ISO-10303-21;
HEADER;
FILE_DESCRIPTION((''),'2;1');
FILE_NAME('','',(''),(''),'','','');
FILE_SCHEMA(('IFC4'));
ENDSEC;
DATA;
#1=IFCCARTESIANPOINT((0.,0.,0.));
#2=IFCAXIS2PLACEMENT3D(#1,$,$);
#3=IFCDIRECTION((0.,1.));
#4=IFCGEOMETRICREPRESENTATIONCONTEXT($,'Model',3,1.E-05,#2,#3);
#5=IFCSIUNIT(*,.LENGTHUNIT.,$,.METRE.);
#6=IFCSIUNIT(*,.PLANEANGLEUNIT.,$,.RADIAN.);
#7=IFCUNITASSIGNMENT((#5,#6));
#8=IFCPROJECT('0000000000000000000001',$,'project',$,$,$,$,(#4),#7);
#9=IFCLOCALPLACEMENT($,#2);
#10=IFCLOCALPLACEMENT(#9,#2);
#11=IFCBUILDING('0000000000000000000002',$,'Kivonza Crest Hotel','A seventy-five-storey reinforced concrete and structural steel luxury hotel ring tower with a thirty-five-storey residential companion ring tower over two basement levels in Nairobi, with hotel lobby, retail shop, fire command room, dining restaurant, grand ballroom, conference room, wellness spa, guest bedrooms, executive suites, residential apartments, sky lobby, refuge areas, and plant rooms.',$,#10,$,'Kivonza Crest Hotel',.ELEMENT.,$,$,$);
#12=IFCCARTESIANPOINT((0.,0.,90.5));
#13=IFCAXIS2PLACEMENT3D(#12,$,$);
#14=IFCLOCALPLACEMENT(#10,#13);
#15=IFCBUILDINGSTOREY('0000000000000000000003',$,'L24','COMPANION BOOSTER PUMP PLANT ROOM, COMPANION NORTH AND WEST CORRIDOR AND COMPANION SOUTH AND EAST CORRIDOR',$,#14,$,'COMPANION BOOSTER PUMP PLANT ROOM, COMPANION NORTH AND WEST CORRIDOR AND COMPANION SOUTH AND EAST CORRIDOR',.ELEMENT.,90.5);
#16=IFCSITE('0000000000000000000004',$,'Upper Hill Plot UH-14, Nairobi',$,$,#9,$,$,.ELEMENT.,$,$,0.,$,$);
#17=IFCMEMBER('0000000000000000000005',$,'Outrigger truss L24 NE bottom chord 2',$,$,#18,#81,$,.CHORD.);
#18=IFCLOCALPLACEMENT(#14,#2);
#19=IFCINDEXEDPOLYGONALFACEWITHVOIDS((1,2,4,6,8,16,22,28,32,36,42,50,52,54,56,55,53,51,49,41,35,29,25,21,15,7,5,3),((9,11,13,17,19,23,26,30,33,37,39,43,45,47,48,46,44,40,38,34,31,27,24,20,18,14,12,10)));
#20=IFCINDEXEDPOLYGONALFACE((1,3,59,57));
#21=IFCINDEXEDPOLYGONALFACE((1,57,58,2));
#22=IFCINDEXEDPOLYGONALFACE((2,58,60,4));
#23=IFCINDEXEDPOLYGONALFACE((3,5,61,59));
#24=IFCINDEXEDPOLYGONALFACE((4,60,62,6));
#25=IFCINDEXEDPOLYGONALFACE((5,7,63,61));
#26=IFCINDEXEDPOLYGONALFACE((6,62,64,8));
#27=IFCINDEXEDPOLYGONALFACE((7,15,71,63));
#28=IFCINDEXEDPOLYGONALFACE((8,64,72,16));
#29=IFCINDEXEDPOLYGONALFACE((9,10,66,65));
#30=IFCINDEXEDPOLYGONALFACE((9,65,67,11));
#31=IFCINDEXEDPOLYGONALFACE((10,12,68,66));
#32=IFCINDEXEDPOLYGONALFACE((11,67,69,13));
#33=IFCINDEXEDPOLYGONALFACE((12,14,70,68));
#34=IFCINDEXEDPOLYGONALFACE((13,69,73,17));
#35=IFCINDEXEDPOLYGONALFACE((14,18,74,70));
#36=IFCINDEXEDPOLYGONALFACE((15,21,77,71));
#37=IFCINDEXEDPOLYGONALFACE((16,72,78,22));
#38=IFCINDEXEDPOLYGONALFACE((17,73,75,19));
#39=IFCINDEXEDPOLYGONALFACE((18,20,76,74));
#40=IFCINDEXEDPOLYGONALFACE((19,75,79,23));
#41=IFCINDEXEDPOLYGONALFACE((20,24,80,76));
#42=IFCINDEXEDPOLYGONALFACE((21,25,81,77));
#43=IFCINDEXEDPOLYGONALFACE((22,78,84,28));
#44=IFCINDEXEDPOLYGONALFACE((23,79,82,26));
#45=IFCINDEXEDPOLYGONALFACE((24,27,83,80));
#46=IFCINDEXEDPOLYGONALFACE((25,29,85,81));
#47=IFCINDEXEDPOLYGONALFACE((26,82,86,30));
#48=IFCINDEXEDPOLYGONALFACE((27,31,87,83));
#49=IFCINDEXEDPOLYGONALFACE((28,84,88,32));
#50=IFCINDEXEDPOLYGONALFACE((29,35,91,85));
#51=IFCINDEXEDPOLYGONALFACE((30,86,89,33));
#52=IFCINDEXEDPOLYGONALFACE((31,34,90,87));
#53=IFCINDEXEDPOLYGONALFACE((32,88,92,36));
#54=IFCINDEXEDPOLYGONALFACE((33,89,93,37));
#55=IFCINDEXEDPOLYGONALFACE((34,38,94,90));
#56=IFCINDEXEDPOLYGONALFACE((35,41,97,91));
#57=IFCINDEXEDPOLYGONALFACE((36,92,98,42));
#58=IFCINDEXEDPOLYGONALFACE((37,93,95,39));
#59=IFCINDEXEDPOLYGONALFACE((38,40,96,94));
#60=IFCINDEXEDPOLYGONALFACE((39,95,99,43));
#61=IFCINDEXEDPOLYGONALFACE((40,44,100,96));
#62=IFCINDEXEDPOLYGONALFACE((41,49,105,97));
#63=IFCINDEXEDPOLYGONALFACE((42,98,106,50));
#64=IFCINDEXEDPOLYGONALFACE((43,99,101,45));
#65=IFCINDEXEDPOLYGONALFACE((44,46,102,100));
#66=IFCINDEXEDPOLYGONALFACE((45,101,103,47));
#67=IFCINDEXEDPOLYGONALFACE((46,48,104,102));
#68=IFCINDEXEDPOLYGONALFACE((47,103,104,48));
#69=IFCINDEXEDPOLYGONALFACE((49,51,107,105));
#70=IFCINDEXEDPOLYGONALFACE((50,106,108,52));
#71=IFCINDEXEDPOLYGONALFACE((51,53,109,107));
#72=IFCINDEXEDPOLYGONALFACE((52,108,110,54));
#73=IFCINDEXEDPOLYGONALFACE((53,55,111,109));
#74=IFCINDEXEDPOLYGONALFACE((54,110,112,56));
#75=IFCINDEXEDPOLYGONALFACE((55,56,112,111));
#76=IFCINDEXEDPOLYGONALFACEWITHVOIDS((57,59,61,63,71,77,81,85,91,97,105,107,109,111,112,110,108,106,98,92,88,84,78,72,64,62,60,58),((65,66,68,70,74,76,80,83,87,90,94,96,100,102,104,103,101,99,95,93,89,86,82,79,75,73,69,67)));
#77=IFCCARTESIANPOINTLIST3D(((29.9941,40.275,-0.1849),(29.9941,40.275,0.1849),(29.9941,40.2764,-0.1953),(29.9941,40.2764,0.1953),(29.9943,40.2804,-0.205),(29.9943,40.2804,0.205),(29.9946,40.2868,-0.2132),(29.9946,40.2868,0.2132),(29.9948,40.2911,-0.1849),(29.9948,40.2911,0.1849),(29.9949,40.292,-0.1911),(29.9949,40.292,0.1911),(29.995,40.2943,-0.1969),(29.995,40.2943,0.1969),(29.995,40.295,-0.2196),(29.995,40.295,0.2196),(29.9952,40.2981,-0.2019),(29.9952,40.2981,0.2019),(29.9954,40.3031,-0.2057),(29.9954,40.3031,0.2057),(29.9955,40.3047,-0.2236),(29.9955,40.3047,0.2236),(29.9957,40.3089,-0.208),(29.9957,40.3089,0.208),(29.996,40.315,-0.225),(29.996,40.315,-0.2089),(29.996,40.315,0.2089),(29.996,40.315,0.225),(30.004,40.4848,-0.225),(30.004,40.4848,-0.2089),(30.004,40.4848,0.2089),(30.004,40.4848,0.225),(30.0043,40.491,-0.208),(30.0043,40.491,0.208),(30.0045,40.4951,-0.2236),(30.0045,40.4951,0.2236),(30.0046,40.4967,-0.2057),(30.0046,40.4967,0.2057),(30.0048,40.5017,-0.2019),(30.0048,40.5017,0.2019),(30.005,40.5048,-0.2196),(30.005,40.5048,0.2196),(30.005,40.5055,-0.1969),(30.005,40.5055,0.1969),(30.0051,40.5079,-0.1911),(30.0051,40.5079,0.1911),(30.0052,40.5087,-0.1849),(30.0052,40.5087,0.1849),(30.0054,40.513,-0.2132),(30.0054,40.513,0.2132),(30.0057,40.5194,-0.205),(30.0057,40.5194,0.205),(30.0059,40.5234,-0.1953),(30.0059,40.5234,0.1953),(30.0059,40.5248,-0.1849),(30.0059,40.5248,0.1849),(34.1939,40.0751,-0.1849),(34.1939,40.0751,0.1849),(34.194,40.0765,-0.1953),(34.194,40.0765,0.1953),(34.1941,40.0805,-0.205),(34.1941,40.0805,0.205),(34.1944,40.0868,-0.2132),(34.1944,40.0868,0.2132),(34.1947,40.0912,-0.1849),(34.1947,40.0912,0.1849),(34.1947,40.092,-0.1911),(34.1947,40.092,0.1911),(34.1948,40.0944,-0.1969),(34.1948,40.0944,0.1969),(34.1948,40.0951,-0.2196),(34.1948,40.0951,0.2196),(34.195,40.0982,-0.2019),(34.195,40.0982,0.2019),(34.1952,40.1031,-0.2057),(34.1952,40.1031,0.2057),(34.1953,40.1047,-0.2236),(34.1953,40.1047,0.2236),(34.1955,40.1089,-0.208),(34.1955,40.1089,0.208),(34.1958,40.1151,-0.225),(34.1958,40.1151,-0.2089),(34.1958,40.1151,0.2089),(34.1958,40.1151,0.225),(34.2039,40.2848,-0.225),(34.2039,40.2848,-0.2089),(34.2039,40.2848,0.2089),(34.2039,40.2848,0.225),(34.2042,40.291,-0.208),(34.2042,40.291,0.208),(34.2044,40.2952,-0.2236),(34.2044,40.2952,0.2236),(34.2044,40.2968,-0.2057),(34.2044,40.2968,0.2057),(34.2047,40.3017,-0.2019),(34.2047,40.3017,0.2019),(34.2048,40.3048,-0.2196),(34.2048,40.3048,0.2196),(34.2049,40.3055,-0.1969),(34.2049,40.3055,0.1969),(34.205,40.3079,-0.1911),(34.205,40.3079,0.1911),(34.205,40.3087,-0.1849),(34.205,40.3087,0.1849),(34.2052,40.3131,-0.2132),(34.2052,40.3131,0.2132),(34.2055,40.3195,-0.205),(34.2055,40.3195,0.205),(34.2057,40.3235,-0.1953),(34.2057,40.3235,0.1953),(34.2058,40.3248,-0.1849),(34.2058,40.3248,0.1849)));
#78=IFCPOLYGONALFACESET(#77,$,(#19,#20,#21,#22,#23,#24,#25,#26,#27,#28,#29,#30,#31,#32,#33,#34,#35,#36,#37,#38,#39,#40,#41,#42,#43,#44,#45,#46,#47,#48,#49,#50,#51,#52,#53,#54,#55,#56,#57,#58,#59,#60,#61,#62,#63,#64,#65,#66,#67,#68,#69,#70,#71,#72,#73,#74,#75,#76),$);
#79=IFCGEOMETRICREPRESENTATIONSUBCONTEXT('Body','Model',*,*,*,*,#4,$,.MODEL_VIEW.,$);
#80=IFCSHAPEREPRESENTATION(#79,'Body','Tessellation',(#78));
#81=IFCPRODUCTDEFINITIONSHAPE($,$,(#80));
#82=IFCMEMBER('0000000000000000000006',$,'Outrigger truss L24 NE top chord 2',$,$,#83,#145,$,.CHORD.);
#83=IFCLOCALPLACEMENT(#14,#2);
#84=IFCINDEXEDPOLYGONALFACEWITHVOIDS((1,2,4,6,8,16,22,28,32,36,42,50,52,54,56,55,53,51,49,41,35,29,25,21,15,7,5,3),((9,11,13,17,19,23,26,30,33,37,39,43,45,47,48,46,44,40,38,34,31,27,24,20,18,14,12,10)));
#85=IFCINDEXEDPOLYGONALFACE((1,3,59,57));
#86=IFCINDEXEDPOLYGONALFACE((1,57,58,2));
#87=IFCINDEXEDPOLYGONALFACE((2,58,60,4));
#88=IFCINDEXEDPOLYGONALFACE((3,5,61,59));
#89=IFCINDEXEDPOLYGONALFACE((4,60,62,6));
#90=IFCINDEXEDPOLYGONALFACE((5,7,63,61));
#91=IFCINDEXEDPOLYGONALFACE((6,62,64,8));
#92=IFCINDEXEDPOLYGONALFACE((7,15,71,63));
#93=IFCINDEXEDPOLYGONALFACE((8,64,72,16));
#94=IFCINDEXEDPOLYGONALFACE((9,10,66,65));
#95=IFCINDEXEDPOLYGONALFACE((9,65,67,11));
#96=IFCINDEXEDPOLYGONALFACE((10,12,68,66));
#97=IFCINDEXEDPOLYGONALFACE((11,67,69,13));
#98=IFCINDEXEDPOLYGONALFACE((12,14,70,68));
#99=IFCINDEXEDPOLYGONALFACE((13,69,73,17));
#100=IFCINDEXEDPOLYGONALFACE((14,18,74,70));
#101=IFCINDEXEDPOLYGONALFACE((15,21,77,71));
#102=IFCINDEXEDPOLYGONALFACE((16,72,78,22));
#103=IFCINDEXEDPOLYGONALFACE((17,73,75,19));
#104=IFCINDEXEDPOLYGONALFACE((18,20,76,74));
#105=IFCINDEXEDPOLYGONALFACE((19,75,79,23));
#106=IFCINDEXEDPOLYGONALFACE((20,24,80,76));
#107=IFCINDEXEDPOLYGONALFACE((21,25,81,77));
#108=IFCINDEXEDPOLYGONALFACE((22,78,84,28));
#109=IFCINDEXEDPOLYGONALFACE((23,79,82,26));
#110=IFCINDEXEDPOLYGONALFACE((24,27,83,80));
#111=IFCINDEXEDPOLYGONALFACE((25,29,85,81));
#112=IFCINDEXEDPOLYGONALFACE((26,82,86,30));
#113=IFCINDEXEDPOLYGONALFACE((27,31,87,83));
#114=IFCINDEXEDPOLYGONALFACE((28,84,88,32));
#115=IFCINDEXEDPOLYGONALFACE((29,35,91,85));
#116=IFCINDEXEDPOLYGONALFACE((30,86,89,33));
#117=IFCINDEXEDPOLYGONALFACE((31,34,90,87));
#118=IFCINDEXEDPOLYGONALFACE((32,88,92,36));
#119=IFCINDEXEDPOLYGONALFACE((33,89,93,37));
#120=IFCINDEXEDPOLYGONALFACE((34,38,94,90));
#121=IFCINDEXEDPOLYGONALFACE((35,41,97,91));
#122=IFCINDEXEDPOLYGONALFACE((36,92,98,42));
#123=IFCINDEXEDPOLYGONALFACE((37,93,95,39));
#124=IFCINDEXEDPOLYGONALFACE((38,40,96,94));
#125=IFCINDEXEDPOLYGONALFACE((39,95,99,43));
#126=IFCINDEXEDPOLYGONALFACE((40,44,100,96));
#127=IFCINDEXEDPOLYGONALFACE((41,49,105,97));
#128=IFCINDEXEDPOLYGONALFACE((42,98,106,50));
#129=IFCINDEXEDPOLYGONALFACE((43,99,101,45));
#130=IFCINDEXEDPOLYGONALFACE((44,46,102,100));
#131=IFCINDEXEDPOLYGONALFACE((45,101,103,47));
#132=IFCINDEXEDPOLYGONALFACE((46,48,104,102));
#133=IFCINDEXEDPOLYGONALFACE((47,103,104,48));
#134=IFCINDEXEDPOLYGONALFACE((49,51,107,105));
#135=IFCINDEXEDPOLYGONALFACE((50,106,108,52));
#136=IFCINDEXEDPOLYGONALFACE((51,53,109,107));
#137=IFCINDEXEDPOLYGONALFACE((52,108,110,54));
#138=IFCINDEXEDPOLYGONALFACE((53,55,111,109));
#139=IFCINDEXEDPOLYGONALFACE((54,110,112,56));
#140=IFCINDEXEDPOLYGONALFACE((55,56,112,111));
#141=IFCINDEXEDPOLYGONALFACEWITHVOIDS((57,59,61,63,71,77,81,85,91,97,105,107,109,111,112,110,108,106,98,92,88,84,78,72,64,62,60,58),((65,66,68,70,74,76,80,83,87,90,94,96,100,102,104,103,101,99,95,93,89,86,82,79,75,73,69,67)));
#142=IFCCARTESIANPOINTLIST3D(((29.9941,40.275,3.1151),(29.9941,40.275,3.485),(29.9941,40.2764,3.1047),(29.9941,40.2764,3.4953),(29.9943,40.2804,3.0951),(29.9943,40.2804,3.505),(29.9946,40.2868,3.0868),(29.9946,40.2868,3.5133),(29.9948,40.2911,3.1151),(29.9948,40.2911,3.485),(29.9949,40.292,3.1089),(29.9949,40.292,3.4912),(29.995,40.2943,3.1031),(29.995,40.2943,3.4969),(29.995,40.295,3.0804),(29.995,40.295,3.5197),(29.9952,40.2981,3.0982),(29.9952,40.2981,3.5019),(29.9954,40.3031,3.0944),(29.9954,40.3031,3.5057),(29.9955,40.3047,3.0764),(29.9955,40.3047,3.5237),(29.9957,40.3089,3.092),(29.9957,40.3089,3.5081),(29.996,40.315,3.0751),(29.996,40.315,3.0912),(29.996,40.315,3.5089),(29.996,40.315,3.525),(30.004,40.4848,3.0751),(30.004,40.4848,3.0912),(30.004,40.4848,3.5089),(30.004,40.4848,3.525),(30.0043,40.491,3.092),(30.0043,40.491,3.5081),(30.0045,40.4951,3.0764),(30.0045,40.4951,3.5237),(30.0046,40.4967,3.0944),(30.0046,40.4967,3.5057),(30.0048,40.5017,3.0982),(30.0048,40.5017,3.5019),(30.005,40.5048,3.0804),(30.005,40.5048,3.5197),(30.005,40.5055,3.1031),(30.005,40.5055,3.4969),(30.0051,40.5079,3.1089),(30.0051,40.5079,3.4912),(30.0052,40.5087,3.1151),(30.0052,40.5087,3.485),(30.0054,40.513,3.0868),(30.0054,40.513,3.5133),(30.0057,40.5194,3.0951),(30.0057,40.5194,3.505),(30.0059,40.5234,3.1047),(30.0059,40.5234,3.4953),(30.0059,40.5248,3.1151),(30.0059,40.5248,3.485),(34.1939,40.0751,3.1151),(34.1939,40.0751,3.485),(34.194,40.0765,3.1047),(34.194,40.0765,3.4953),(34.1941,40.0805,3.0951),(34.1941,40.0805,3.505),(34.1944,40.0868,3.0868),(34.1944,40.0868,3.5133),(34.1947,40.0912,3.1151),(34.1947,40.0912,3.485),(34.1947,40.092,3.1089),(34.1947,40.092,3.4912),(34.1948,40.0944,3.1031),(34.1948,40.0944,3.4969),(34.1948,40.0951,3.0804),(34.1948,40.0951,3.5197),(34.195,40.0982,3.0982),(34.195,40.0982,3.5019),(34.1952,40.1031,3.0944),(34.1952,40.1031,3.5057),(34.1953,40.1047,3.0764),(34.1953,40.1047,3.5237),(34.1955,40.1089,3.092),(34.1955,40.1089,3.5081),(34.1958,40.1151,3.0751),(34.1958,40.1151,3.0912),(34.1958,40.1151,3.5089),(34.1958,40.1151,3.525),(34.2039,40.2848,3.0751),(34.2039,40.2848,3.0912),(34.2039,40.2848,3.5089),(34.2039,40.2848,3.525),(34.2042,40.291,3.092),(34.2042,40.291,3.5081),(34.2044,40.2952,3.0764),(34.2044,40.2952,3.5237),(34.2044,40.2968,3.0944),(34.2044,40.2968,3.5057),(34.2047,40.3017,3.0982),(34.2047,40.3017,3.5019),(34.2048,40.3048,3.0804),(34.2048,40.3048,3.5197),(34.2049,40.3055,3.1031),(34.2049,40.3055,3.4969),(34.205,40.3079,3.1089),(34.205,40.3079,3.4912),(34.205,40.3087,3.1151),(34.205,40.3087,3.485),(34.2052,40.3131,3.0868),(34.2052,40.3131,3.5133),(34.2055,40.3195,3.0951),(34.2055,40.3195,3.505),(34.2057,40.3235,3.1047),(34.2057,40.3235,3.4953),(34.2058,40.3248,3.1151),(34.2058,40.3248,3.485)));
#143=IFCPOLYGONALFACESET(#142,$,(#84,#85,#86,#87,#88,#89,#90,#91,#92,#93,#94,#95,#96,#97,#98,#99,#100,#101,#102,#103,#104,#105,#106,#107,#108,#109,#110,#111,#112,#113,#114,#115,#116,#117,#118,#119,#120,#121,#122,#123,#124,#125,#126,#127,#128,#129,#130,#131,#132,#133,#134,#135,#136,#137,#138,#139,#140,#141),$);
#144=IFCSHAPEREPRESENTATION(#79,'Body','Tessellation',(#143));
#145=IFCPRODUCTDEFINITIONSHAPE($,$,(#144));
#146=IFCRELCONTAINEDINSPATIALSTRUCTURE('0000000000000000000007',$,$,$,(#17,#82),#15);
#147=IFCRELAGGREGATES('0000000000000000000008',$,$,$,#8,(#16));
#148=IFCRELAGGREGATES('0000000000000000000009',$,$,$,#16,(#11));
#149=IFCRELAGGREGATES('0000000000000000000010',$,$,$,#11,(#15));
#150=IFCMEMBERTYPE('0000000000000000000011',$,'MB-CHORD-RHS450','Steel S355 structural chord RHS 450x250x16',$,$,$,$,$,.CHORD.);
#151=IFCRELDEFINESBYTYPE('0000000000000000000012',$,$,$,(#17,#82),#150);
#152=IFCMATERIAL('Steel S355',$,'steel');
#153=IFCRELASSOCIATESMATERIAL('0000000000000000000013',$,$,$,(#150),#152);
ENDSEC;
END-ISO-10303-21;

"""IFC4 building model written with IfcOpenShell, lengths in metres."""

from ifc_helpers import new_model, si_unit, direction, frame, origin, origin_2d, place, context, subcontext, project, spatial, hollow_rectangle, extrude, material, material_profile, profile_set, type_object, element, save


model = new_model("IFC4")

# Units and contexts
model_context = context("Model", 3, precision=1e-05, world=origin(), true_north=direction((0.0, 1.0)))
body_context = subcontext(model_context, "Body", "Model", "MODEL_VIEW")
ifc_project = project(units=[si_unit("LENGTHUNIT", "METRE"), si_unit("PLANEANGLEUNIT", "RADIAN")], contexts=[model_context])

# Site, building, storey
site_placement = place(None, origin())
site = spatial("IfcSite", under=ifc_project, at=site_placement, Name="Upper Hill Plot UH-14, Nairobi", CompositionType="ELEMENT", RefElevation=0.0)
building_placement = place(site_placement, origin())
building = spatial("IfcBuilding", under=site, at=building_placement, Name="Kivonza Crest Hotel", Description="A seventy-five-storey reinforced concrete and structural steel luxury hotel ring tower with a thirty-five-storey residential companion ring tower over two basement levels in Nairobi, with hotel lobby, retail shop, fire command room, dining restaurant, grand ballroom, conference room, wellness spa, guest bedrooms, executive suites, residential apartments, sky lobby, refuge areas, and plant rooms.", LongName="Kivonza Crest Hotel", CompositionType="ELEMENT")
storey_placement = place(building_placement, frame((0.0, 0.0, 90.5)))
storey = spatial("IfcBuildingStorey", under=building, at=storey_placement, Name="L24", Description="COMPANION BOOSTER PUMP PLANT ROOM, COMPANION NORTH AND WEST CORRIDOR AND COMPANION SOUTH AND EAST CORRIDOR", LongName="COMPANION BOOSTER PUMP PLANT ROOM, COMPANION NORTH AND WEST CORRIDOR AND COMPANION SOUTH AND EAST CORRIDOR", CompositionType="ELEMENT", Elevation=90.5)

# Shared definitions
ifc_material_1 = material(Name="Steel S355", Category="steel")

# Members
ifc_material_profile_1 = material_profile(ifc_material_1, hollow_rectangle(XDim=0.25, YDim=0.45, WallThickness=0.0161, InnerFilletRadius=0.0239, OuterFilletRadius=0.04, at=origin_2d()), Name="RHS 450x250x16")
ifc_profile_set_1 = profile_set([ifc_material_profile_1], Name="Steel S355")
member_type_1 = type_object("IfcMemberType", Name="MB-CHORD-RHS450", Description="Steel S355 structural chord RHS 450x250x16", PredefinedType="CHORD", material=ifc_profile_set_1)
for number, where, z_axis, x_axis, name in (
    (1, (30.0, 40.3999, 0.0), (0.998869, -0.047554, 0.0), (0.047554, 0.998869, 0.0), "Outrigger truss L24 NE bottom chord 2"),
    (2, (30.0, 40.3999, 3.3), (0.998869, -0.047554, 0.0), (0.047554, 0.998869, 0.0), "Outrigger truss L24 NE top chord 2"),
):
    element("IfcMember", number, at=place(storey_placement, frame(where, z_axis=z_axis, x_axis=x_axis)), inside=storey, type_object=member_type_1, Name=name, PredefinedType="CHORD", context=body_context, shape_type="SweptSolid", body=[
        extrude(hollow_rectangle(XDim=0.25, YDim=0.45, WallThickness=0.0161, InnerFilletRadius=0.0239, OuterFilletRadius=0.04, at=origin_2d()), origin(), (0.0, 0.0, 1.0), 4.2046),
    ])

save(model, "model.ifc")
